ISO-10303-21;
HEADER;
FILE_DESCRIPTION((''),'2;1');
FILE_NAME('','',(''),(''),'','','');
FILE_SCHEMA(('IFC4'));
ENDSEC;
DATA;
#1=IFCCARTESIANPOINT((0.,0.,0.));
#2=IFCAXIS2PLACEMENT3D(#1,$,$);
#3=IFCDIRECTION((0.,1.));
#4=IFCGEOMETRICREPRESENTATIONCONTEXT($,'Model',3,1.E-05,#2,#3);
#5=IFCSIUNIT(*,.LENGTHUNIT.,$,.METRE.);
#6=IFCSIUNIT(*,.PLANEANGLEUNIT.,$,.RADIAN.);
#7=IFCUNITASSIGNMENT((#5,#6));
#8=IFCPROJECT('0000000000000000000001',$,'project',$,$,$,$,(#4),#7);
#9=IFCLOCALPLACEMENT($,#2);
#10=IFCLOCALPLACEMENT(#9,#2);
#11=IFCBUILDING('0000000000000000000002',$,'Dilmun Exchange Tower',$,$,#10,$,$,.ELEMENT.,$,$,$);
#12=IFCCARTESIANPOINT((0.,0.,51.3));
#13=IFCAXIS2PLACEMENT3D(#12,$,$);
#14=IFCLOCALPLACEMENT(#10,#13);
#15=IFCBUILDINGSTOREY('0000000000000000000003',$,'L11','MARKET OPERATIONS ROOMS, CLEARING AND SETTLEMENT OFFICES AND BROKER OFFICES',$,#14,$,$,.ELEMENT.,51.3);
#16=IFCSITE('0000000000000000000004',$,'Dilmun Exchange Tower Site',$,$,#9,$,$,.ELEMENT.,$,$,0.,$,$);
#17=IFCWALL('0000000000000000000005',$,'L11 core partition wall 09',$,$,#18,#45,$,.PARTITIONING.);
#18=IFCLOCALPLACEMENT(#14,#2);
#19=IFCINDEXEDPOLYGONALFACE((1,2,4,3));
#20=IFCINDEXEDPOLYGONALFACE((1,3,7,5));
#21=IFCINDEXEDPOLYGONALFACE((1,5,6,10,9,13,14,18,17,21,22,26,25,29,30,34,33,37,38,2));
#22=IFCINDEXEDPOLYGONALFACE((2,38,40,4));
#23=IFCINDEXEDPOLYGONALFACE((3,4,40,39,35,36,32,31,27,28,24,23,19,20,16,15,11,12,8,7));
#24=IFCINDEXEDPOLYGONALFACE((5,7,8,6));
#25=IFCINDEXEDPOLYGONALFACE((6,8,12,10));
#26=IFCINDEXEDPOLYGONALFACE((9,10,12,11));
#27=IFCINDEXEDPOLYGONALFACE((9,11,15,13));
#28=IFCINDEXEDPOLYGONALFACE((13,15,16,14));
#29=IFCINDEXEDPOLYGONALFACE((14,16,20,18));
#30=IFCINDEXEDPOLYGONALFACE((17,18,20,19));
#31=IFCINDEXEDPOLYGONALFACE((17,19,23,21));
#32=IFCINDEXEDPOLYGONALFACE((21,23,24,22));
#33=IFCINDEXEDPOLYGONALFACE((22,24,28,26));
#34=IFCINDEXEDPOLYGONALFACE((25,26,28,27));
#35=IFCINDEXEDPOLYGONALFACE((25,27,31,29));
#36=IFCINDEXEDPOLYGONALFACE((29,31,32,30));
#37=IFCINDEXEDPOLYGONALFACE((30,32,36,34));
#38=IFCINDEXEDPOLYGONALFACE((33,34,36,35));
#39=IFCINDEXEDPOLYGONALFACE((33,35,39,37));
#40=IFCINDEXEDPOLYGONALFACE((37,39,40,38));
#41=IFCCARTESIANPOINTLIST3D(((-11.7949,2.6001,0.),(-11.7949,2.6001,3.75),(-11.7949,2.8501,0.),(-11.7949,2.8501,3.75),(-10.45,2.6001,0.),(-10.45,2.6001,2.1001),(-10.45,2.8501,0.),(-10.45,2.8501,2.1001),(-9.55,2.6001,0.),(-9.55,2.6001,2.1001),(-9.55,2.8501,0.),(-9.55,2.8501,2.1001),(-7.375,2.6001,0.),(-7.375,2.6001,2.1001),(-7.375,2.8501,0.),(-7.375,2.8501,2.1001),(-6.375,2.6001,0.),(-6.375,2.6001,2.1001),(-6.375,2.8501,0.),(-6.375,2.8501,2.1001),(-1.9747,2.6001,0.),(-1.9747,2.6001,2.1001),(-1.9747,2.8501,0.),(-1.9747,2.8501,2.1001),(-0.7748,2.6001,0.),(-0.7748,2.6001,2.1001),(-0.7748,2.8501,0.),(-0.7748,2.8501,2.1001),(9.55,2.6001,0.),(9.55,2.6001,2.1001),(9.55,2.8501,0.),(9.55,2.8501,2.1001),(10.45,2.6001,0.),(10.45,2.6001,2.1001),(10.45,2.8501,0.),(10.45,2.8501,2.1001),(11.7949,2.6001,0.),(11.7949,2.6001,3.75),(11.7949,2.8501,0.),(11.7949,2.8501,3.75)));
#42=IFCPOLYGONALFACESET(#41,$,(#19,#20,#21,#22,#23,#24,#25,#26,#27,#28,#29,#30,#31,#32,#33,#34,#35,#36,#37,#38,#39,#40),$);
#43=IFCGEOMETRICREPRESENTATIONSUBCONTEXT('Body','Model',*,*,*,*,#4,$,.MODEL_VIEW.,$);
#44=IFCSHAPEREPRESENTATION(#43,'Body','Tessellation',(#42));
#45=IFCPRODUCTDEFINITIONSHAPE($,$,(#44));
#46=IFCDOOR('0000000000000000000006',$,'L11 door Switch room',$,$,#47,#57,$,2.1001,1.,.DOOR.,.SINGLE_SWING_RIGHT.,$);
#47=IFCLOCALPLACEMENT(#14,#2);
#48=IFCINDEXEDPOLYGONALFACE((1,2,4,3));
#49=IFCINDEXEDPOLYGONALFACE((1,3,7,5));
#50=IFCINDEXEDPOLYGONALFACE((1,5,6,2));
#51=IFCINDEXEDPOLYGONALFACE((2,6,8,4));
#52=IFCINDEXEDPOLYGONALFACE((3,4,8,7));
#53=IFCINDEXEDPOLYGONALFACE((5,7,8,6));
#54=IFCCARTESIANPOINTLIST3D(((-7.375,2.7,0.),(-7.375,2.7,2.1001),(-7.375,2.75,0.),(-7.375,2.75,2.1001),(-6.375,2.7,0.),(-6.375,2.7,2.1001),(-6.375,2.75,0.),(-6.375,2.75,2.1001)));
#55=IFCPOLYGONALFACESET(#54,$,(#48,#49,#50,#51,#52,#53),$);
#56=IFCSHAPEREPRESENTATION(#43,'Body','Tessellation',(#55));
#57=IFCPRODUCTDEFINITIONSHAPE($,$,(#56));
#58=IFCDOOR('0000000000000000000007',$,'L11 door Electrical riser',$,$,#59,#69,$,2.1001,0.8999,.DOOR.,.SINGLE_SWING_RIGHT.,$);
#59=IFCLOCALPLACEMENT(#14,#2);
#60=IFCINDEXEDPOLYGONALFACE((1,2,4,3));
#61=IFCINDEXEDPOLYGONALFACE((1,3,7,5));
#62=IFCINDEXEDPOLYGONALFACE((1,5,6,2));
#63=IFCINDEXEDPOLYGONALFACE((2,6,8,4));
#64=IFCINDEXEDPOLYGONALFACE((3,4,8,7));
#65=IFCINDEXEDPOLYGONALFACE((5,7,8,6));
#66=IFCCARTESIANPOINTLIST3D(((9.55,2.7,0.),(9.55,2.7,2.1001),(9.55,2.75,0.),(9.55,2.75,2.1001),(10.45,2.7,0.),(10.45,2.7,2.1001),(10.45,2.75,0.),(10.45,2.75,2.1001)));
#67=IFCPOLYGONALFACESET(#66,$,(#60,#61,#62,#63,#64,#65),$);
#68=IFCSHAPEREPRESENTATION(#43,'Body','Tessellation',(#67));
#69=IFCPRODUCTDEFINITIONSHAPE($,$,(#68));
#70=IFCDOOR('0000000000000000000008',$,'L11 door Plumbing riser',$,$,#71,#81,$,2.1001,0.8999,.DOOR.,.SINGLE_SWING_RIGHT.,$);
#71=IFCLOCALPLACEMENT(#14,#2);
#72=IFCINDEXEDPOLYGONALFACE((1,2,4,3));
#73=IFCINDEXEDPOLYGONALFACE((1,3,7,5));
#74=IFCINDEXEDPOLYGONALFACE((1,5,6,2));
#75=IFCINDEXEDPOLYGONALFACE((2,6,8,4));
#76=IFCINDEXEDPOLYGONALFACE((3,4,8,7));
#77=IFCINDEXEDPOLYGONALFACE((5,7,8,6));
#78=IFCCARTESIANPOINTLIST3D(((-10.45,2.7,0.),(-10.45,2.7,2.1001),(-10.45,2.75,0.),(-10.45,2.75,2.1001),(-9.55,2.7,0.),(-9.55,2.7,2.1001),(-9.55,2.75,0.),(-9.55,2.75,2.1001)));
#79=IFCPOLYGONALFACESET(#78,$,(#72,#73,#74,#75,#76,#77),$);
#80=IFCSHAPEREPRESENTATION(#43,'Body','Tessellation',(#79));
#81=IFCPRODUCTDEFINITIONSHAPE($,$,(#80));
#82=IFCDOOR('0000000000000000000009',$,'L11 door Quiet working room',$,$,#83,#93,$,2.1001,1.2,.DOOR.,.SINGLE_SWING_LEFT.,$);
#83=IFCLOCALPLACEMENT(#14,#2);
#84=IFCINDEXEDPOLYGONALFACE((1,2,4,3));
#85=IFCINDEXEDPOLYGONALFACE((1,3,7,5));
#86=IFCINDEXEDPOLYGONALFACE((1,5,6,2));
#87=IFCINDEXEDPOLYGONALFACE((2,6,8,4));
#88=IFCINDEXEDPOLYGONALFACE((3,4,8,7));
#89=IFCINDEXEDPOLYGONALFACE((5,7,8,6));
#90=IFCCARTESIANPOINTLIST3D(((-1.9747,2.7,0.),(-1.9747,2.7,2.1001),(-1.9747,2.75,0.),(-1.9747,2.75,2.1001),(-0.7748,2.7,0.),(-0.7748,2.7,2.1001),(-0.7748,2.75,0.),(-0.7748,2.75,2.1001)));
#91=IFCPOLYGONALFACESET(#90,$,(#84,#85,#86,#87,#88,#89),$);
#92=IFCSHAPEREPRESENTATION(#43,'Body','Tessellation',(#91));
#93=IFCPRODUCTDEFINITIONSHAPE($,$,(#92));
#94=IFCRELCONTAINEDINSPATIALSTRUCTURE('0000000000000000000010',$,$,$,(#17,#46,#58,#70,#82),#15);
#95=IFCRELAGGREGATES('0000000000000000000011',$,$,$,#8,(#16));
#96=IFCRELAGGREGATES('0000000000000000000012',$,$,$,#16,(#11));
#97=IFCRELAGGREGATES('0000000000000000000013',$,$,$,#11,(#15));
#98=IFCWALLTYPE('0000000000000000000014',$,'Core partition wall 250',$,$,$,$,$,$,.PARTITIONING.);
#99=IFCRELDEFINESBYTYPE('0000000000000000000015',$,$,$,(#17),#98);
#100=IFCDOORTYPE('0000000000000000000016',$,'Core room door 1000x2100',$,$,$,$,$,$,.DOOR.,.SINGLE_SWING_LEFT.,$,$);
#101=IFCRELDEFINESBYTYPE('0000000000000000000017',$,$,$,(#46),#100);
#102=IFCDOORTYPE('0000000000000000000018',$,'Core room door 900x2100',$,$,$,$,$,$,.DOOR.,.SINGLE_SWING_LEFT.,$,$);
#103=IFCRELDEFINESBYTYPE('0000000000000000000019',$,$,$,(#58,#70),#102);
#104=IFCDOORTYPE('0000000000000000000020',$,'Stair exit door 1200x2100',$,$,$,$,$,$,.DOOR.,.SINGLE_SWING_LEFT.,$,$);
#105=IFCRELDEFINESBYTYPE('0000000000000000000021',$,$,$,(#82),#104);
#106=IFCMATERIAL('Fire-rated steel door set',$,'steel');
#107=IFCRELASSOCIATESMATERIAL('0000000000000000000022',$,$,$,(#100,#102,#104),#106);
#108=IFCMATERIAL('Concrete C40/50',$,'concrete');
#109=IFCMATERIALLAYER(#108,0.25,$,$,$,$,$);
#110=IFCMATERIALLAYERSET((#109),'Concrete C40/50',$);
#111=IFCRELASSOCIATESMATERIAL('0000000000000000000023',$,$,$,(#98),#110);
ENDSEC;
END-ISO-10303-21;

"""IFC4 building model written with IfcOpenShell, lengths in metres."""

from ifc_helpers import new_model, si_unit, direction, frame, frame_2d, origin, place, context, subcontext, project, spatial, rectangle, extrude, material, layer, layer_set, type_object, element, fill, save


model = new_model("IFC4")

# Units and contexts
model_context = context("Model", 3, precision=1e-05, world=origin(), true_north=direction((0.0, 1.0)))
body_context = subcontext(model_context, "Body", "Model", "MODEL_VIEW")
ifc_project = project(units=[si_unit("LENGTHUNIT", "METRE"), si_unit("PLANEANGLEUNIT", "RADIAN")], contexts=[model_context])

# Site, building, storey
site_placement = place(None, origin())
site = spatial("IfcSite", under=ifc_project, at=site_placement, Name="Dilmun Exchange Tower Site", CompositionType="ELEMENT", RefElevation=0.0)
building_placement = place(site_placement, origin())
building = spatial("IfcBuilding", under=site, at=building_placement, Name="Dilmun Exchange Tower", CompositionType="ELEMENT")
storey_placement = place(building_placement, frame((0.0, 0.0, 51.3)))
storey = spatial("IfcBuildingStorey", under=building, at=storey_placement, Name="L11", Description="MARKET OPERATIONS ROOMS, CLEARING AND SETTLEMENT OFFICES AND BROKER OFFICES", CompositionType="ELEMENT", Elevation=51.3)

# Shared definitions
ifc_material_1 = material(Name="Concrete C40/50", Category="concrete")

# Shared definitions
ifc_material_2 = material(Name="Fire-rated steel door set", Category="steel")
door_type_1 = type_object("IfcDoorType", Name="Core room door 1000x2100", OperationType="SINGLE_SWING_LEFT", PredefinedType="DOOR", material=ifc_material_2)

# Wall, openings, doors
ifc_layer_1 = layer(ifc_material_1, 0.25)
ifc_layer_set_1 = layer_set([ifc_layer_1], Name="Concrete C40/50")
wall_type_1 = type_object("IfcWallType", Name="Core partition wall 250", PredefinedType="PARTITIONING", material=ifc_layer_set_1)
wall_1_placement = place(storey_placement, frame((-11.7949, 2.7251, 0.0), z_axis=(0.0, 0.0, 1.0), x_axis=(1.0, 0.0, 0.0)))
wall_1 = element("IfcWall", 1, at=wall_1_placement, inside=storey, type_object=wall_type_1, Name="L11 core partition wall 09", PredefinedType="PARTITIONING", context=body_context, shape_type="SweptSolid", body=[
    extrude(rectangle(XDim=23.5898, YDim=0.25, at=frame_2d((11.7949, 0.0))), origin(), (0.0, 0.0, 1.0), 3.75),
])
opening_1_placement = place(wall_1_placement, frame((21.345, 0.0, 0.0)))
opening_1 = element("IfcOpeningElement", 2, at=opening_1_placement, cuts=wall_1, PredefinedType="OPENING", context=body_context, shape_type="SweptSolid", body=[
    extrude(rectangle(XDim=0.8999, YDim=2.1001, at=frame_2d((0.45, 1.05))), frame((0.0, 0.135, 0.0), z_axis=(0.0, -1.0, 0.0), x_axis=(1.0, 0.0, 0.0)), (0.0, 0.0, 1.0), 0.27),
])
opening_2_placement = place(wall_1_placement, frame((1.345, 0.0, 0.0)))
opening_2 = element("IfcOpeningElement", 3, at=opening_2_placement, cuts=wall_1, PredefinedType="OPENING", context=body_context, shape_type="SweptSolid", body=[
    extrude(rectangle(XDim=0.8999, YDim=2.1001, at=frame_2d((0.45, 1.05))), frame((0.0, 0.135, 0.0), z_axis=(0.0, -1.0, 0.0), x_axis=(1.0, 0.0, 0.0)), (0.0, 0.0, 1.0), 0.27),
])
opening_3_placement = place(wall_1_placement, frame((4.4199, 0.0, 0.0)))
opening_3 = element("IfcOpeningElement", 4, at=opening_3_placement, cuts=wall_1, PredefinedType="OPENING", context=body_context, shape_type="SweptSolid", body=[
    extrude(rectangle(XDim=1.0, YDim=2.1001, at=frame_2d((0.5, 1.05))), frame((0.0, 0.135, 0.0), z_axis=(0.0, -1.0, 0.0), x_axis=(1.0, 0.0, 0.0)), (0.0, 0.0, 1.0), 0.27),
])
opening_4_placement = place(wall_1_placement, frame((9.8201, 0.0, 0.0)))
opening_4 = element("IfcOpeningElement", 5, at=opening_4_placement, cuts=wall_1, PredefinedType="OPENING", context=body_context, shape_type="SweptSolid", body=[
    extrude(rectangle(XDim=1.2, YDim=2.1001, at=frame_2d((0.6001, 1.05))), frame((0.0, 0.135, 0.0), z_axis=(0.0, -1.0, 0.0), x_axis=(1.0, 0.0, 0.0)), (0.0, 0.0, 1.0), 0.27),
])
door_1_placement = place(opening_3_placement, origin())
door_1 = element("IfcDoor", 6, at=door_1_placement, inside=storey, type_object=door_type_1, Name="L11 door Switch room", OperationType="SINGLE_SWING_RIGHT", OverallHeight=2.1001, OverallWidth=1.0, PredefinedType="DOOR", context=body_context, shape_type="SweptSolid", body=[
    extrude(rectangle(XDim=1.0, YDim=2.1001, at=frame_2d((0.5, 1.05))), frame((0.0, 0.0249, 0.0), z_axis=(0.0, -1.0, 0.0), x_axis=(1.0, 0.0, 0.0)), (0.0, 0.0, 1.0), 0.05),
])
fill(opening_3, door_1)
door_type_2 = type_object("IfcDoorType", Name="Core room door 900x2100", OperationType="SINGLE_SWING_LEFT", PredefinedType="DOOR", material=ifc_material_2)
door_2_placement = place(opening_1_placement, origin())
door_2 = element("IfcDoor", 7, at=door_2_placement, inside=storey, type_object=door_type_2, Name="L11 door Electrical riser", OperationType="SINGLE_SWING_RIGHT", OverallHeight=2.1001, OverallWidth=0.8999, PredefinedType="DOOR", context=body_context, shape_type="SweptSolid", body=[
    extrude(rectangle(XDim=0.8999, YDim=2.1001, at=frame_2d((0.45, 1.05))), frame((0.0, 0.0249, 0.0), z_axis=(0.0, -1.0, 0.0), x_axis=(1.0, 0.0, 0.0)), (0.0, 0.0, 1.0), 0.05),
])
fill(opening_1, door_2)
door_3_placement = place(opening_2_placement, origin())
door_3 = element("IfcDoor", 8, at=door_3_placement, inside=storey, type_object=door_type_2, Name="L11 door Plumbing riser", OperationType="SINGLE_SWING_RIGHT", OverallHeight=2.1001, OverallWidth=0.8999, PredefinedType="DOOR", context=body_context, shape_type="SweptSolid", body=[
    extrude(rectangle(XDim=0.8999, YDim=2.1001, at=frame_2d((0.45, 1.05))), frame((0.0, 0.0249, 0.0), z_axis=(0.0, -1.0, 0.0), x_axis=(1.0, 0.0, 0.0)), (0.0, 0.0, 1.0), 0.05),
])
fill(opening_2, door_3)
door_type_3 = type_object("IfcDoorType", Name="Stair exit door 1200x2100", OperationType="SINGLE_SWING_LEFT", PredefinedType="DOOR", material=ifc_material_2)
door_4_placement = place(opening_4_placement, origin())
door_4 = element("IfcDoor", 9, at=door_4_placement, inside=storey, type_object=door_type_3, Name="L11 door Quiet working room", OperationType="SINGLE_SWING_LEFT", OverallHeight=2.1001, OverallWidth=1.2, PredefinedType="DOOR", context=body_context, shape_type="SweptSolid", body=[
    extrude(rectangle(XDim=1.2, YDim=2.1001, at=frame_2d((0.6001, 1.05))), frame((0.0, 0.0249, 0.0), z_axis=(0.0, -1.0, 0.0), x_axis=(1.0, 0.0, 0.0)), (0.0, 0.0, 1.0), 0.05),
])
fill(opening_4, door_4)

save(model, "model.ifc")
